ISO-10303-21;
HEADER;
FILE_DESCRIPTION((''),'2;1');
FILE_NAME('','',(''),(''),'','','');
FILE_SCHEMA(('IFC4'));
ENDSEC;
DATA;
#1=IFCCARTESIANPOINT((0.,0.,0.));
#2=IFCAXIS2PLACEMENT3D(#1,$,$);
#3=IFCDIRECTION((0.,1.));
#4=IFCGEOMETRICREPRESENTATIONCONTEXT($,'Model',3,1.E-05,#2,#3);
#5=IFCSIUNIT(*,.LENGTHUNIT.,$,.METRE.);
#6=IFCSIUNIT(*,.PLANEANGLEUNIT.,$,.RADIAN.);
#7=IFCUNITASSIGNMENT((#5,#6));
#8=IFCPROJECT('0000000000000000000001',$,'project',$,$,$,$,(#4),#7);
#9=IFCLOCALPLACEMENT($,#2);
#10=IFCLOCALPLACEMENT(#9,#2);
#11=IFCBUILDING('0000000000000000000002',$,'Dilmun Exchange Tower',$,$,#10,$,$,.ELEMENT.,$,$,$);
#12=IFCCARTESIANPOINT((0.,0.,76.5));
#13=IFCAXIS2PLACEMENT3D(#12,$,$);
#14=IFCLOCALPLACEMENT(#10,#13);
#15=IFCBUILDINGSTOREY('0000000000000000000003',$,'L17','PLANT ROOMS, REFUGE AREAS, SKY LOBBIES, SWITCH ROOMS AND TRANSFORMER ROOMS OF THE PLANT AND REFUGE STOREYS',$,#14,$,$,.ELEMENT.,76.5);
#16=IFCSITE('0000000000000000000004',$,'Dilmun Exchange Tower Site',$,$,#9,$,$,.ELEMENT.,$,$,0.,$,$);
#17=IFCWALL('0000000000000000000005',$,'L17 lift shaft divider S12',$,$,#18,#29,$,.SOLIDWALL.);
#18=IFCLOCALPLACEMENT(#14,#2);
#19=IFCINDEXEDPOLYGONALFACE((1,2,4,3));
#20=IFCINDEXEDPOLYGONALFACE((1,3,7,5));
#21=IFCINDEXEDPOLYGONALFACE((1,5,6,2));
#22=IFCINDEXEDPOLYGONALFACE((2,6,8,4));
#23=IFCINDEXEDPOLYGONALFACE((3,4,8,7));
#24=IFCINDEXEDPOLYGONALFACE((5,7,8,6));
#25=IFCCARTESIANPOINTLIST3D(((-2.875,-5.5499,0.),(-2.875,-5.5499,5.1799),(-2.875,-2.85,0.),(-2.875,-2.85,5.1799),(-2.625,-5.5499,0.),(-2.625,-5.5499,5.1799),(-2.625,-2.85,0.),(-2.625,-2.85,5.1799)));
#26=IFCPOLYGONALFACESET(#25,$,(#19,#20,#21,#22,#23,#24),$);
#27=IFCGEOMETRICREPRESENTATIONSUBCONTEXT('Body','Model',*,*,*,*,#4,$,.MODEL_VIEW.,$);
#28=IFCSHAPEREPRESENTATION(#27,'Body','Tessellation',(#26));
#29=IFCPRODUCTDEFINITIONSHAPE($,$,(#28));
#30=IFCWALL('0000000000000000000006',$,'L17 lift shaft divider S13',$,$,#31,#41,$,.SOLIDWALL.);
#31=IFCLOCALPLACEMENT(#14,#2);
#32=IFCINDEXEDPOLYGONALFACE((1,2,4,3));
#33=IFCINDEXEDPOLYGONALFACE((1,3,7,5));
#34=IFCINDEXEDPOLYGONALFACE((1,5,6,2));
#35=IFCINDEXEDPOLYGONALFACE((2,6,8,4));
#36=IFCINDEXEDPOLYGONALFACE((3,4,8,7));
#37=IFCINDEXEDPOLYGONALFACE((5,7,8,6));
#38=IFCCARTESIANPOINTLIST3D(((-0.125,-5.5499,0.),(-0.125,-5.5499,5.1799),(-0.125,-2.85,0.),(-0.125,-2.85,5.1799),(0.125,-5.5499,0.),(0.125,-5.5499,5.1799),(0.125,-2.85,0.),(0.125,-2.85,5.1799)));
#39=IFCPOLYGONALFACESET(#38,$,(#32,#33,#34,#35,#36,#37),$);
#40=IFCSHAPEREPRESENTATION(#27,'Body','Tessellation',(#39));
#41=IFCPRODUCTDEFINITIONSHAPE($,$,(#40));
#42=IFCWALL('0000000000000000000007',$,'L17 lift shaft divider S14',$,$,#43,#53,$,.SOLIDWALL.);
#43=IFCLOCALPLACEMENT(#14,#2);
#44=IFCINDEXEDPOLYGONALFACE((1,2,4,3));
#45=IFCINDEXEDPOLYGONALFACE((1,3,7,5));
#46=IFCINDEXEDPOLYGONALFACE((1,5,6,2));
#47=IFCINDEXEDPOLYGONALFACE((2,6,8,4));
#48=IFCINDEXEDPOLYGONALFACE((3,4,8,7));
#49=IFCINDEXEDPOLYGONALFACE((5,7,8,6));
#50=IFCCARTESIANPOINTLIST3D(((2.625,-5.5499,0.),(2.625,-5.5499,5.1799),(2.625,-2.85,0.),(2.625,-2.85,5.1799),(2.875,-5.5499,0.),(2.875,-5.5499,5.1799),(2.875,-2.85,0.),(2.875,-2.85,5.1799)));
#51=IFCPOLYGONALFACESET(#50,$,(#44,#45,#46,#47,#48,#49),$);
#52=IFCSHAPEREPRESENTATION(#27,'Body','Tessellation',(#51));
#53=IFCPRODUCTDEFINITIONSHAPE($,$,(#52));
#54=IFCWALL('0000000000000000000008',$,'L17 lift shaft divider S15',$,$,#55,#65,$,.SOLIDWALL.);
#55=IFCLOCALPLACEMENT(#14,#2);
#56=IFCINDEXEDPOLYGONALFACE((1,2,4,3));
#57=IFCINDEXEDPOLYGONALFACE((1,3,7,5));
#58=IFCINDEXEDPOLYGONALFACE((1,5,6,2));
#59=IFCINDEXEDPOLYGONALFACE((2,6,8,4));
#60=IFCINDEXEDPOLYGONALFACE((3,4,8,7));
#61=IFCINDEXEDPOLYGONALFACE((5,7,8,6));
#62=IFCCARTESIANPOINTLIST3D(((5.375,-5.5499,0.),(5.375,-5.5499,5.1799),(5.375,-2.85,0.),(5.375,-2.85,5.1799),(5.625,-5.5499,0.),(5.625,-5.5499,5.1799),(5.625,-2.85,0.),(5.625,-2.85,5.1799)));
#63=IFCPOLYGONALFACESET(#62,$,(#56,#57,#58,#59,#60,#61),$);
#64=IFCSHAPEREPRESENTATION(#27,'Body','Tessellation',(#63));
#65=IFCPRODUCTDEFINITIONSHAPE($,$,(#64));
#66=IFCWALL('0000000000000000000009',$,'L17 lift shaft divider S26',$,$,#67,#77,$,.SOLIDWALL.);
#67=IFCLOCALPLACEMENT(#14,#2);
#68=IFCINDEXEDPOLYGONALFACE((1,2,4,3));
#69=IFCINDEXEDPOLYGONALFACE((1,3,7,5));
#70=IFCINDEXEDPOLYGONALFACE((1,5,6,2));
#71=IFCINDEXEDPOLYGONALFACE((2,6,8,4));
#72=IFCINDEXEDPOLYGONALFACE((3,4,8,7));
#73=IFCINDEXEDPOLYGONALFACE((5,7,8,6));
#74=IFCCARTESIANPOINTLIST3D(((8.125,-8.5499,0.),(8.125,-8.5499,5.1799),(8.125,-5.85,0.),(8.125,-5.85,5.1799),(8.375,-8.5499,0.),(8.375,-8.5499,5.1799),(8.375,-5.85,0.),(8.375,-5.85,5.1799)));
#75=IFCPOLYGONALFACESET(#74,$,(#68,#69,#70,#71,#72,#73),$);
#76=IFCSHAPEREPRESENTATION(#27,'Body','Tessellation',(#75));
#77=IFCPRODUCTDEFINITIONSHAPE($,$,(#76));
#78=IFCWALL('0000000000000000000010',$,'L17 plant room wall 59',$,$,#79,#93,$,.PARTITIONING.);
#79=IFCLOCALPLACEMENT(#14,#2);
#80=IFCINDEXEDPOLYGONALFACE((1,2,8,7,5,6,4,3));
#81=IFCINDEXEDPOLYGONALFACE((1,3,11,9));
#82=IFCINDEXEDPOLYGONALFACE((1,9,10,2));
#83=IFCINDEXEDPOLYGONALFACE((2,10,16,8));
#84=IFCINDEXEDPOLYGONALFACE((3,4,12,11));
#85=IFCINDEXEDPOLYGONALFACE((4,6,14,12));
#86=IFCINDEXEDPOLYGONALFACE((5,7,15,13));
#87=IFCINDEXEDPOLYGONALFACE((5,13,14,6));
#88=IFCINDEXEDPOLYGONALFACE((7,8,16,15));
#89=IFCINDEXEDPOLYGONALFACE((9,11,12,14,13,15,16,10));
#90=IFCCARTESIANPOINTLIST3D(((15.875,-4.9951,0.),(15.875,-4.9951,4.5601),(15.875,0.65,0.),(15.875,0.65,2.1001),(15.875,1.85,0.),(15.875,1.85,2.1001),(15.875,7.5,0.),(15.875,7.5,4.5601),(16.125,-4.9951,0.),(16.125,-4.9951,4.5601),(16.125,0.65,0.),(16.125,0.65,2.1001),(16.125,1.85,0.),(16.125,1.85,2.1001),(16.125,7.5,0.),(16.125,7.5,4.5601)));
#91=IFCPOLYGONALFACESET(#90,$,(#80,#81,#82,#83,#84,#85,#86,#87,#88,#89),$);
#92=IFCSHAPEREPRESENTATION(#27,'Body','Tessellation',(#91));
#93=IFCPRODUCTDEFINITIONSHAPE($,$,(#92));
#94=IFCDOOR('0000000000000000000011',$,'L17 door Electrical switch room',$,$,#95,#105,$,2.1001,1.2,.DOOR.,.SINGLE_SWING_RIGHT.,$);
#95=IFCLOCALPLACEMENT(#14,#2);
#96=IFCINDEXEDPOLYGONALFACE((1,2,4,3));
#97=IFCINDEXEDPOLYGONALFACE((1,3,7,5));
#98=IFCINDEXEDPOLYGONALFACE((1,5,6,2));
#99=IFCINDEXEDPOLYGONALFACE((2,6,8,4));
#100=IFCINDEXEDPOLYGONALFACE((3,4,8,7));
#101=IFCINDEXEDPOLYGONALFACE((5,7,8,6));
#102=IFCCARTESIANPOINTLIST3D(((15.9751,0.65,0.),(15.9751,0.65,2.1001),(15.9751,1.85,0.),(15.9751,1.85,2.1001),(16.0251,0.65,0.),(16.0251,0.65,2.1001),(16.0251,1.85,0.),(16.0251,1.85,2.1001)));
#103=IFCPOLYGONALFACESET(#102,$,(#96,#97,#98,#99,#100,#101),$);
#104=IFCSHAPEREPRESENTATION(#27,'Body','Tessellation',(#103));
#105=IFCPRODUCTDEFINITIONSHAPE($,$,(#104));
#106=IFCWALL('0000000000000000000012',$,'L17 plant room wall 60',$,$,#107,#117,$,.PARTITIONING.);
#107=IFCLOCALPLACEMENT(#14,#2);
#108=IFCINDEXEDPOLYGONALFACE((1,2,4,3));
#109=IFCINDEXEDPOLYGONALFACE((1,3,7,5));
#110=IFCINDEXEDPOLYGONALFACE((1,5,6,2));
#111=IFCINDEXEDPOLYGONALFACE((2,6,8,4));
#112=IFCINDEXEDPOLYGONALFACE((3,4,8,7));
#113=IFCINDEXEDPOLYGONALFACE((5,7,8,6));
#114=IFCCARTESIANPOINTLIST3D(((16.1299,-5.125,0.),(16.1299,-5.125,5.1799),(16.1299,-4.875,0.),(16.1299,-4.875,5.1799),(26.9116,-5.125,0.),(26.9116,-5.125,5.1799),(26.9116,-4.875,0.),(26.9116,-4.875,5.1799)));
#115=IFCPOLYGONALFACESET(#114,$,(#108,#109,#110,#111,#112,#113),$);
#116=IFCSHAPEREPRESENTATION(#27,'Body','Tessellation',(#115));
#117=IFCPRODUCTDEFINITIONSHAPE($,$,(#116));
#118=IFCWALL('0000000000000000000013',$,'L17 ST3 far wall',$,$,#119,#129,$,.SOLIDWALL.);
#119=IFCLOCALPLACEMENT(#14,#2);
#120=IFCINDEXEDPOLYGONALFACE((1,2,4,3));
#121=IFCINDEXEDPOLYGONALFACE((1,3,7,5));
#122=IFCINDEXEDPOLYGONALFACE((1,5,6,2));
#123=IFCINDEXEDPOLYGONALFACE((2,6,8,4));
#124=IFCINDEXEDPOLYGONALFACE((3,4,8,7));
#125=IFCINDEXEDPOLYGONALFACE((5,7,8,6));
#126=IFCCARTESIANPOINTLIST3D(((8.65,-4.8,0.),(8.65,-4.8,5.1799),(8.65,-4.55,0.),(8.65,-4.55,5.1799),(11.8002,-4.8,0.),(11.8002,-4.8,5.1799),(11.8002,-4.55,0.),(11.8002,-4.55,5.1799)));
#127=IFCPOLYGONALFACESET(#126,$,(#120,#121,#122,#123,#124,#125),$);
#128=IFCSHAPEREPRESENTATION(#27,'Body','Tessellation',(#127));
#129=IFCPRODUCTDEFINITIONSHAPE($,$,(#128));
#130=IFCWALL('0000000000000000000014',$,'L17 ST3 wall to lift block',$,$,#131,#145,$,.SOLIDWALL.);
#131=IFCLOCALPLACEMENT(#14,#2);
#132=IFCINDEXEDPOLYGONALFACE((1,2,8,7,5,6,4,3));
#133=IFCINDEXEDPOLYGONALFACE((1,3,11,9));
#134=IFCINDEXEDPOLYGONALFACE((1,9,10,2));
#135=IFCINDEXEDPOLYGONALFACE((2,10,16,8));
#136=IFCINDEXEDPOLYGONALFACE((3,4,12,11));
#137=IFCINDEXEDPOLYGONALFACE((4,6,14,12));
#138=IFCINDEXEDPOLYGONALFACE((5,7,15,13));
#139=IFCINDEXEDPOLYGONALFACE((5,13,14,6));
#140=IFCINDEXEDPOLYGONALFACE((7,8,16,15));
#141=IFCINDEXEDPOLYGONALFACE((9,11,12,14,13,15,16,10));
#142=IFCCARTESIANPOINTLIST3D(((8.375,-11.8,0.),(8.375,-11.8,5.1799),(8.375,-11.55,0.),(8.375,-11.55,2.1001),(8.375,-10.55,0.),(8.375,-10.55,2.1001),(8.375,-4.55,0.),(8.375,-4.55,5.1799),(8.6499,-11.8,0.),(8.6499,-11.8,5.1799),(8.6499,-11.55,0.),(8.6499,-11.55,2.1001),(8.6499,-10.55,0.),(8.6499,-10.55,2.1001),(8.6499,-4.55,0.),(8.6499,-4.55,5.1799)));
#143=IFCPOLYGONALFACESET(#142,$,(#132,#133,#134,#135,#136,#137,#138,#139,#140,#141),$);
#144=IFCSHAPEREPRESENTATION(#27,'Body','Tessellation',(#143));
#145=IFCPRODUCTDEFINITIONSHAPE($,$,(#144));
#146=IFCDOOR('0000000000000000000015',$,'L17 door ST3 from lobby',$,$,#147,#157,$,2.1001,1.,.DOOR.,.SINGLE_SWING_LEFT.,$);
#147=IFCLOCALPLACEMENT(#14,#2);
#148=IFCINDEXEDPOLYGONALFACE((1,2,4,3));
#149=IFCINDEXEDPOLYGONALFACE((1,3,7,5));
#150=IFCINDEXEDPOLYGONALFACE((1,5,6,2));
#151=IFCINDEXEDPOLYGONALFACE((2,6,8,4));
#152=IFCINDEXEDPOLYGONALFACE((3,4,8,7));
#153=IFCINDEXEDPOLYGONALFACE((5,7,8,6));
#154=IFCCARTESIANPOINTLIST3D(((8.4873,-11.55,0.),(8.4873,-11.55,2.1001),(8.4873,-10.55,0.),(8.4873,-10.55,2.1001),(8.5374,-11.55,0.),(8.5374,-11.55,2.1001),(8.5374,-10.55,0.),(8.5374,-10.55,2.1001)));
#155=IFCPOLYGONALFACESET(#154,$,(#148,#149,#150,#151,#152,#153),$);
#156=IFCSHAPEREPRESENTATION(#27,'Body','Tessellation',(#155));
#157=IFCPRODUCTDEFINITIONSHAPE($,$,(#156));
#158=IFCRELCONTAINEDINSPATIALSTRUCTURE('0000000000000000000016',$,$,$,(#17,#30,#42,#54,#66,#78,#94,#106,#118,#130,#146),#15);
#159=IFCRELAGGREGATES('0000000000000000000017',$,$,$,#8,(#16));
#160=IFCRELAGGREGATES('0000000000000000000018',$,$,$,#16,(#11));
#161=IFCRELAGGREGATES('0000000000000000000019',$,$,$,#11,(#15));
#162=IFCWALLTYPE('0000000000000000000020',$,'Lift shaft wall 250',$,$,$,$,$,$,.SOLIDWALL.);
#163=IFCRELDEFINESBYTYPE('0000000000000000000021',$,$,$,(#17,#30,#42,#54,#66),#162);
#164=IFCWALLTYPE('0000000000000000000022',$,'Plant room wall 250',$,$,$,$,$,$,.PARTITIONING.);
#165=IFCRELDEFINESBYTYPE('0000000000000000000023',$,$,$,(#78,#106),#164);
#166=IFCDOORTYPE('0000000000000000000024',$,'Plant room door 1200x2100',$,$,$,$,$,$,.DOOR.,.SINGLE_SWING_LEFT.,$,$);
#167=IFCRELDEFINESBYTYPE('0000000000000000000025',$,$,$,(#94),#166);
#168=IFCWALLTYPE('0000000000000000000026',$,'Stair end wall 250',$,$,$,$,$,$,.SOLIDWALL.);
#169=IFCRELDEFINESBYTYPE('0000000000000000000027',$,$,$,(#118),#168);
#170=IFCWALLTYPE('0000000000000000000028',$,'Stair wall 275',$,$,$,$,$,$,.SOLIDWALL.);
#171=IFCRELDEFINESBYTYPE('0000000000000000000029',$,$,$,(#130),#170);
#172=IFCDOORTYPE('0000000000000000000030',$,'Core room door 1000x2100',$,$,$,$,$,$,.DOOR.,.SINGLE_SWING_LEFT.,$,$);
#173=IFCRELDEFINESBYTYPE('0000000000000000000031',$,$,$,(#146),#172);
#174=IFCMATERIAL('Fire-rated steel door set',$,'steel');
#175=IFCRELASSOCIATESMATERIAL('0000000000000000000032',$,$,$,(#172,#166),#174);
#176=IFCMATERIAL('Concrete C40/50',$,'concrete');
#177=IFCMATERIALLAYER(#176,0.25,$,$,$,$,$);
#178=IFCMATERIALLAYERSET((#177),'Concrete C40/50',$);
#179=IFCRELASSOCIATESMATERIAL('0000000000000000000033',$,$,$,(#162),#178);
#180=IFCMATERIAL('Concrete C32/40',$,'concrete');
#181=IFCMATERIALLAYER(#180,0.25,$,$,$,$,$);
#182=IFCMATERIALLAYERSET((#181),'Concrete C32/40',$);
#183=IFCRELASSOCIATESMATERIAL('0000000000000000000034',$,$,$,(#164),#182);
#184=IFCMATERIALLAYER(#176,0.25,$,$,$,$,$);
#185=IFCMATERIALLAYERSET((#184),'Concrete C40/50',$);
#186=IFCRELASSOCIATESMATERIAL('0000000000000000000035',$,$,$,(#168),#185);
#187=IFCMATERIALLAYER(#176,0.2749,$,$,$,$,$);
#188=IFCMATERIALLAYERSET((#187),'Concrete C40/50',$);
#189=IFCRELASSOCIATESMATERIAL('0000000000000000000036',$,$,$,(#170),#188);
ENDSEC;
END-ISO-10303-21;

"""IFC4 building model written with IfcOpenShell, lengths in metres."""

from ifc_helpers import new_model, si_unit, direction, frame, frame_2d, origin, place, context, subcontext, project, spatial, rectangle, extrude, material, layer, layer_set, type_object, element, fill, save


model = new_model("IFC4")

# Units and contexts
model_context = context("Model", 3, precision=1e-05, world=origin(), true_north=direction((0.0, 1.0)))
body_context = subcontext(model_context, "Body", "Model", "MODEL_VIEW")
ifc_project = project(units=[si_unit("LENGTHUNIT", "METRE"), si_unit("PLANEANGLEUNIT", "RADIAN")], contexts=[model_context])

# Site, building, storey
site_placement = place(None, origin())
site = spatial("IfcSite", under=ifc_project, at=site_placement, Name="Dilmun Exchange Tower Site", CompositionType="ELEMENT", RefElevation=0.0)
building_placement = place(site_placement, origin())
building = spatial("IfcBuilding", under=site, at=building_placement, Name="Dilmun Exchange Tower", CompositionType="ELEMENT")
storey_placement = place(building_placement, frame((0.0, 0.0, 76.5)))
storey = spatial("IfcBuildingStorey", under=building, at=storey_placement, Name="L17", Description="PLANT ROOMS, REFUGE AREAS, SKY LOBBIES, SWITCH ROOMS AND TRANSFORMER ROOMS OF THE PLANT AND REFUGE STOREYS", CompositionType="ELEMENT", Elevation=76.5)

# Shared definitions
ifc_material_1 = material(Name="Concrete C40/50", Category="concrete")

# Shared definitions
ifc_material_2 = material(Name="Fire-rated steel door set", Category="steel")
door_type_1 = type_object("IfcDoorType", Name="Core room door 1000x2100", OperationType="SINGLE_SWING_LEFT", PredefinedType="DOOR", material=ifc_material_2)

# Walls
ifc_layer_1 = layer(ifc_material_1, 0.25)
ifc_layer_set_1 = layer_set([ifc_layer_1], Name="Concrete C40/50")
wall_type_1 = type_object("IfcWallType", Name="Lift shaft wall 250", PredefinedType="SOLIDWALL", material=ifc_layer_set_1)
for number, where, z_axis, x_axis, name in (
    (1, (-2.75, -5.55, 0.0), (0.0, 0.0, 1.0), (0.0, 1.0, 0.0), "L17 lift shaft divider S12"),
    (2, (0.0, -5.55, 0.0), (0.0, 0.0, 1.0), (0.0, 1.0, 0.0), "L17 lift shaft divider S13"),
    (3, (2.75, -5.55, 0.0), (0.0, 0.0, 1.0), (0.0, 1.0, 0.0), "L17 lift shaft divider S14"),
    (4, (5.5, -5.55, 0.0), (0.0, 0.0, 1.0), (0.0, 1.0, 0.0), "L17 lift shaft divider S15"),
    (5, (8.25, -8.55, 0.0), (0.0, 0.0, 1.0), (0.0, 1.0, 0.0), "L17 lift shaft divider S26"),
):
    element("IfcWall", number, at=place(storey_placement, frame(where, z_axis=z_axis, x_axis=x_axis)), inside=storey, type_object=wall_type_1, Name=name, PredefinedType="SOLIDWALL", context=body_context, shape_type="SweptSolid", body=[
        extrude(rectangle(XDim=2.7, YDim=0.25, at=frame_2d((1.3501, 0.0))), origin(), (0.0, 0.0, 1.0), 5.1799),
    ])

# Wall, opening, door
ifc_material_3 = material(Name="Concrete C32/40", Category="concrete")
ifc_layer_2 = layer(ifc_material_3, 0.25)
ifc_layer_set_2 = layer_set([ifc_layer_2], Name="Concrete C32/40")
wall_type_2 = type_object("IfcWallType", Name="Plant room wall 250", PredefinedType="PARTITIONING", material=ifc_layer_set_2)
wall_1_placement = place(storey_placement, frame((16.0, -4.9951, 0.0), z_axis=(0.0, 0.0, 1.0), x_axis=(0.0, 1.0, 0.0)))
wall_1 = element("IfcWall", 6, at=wall_1_placement, inside=storey, type_object=wall_type_2, Name="L17 plant room wall 59", PredefinedType="PARTITIONING", context=body_context, shape_type="SweptSolid", body=[
    extrude(rectangle(XDim=12.4951, YDim=0.25, at=frame_2d((6.2476, 0.0))), origin(), (0.0, 0.0, 1.0), 4.5601),
])
opening_1_placement = place(wall_1_placement, frame((5.645, 0.0, 0.0)))
opening_1 = element("IfcOpeningElement", 7, at=opening_1_placement, cuts=wall_1, PredefinedType="OPENING", context=body_context, shape_type="SweptSolid", body=[
    extrude(rectangle(XDim=1.2, YDim=2.1001, at=frame_2d((0.6001, 1.05))), frame((0.0, 0.135, 0.0), z_axis=(0.0, -1.0, 0.0), x_axis=(1.0, 0.0, 0.0)), (0.0, 0.0, 1.0), 0.27),
])
door_type_2 = type_object("IfcDoorType", Name="Plant room door 1200x2100", OperationType="SINGLE_SWING_LEFT", PredefinedType="DOOR", material=ifc_material_2)
door_1_placement = place(opening_1_placement, origin())
door_1 = element("IfcDoor", 8, at=door_1_placement, inside=storey, type_object=door_type_2, Name="L17 door Electrical switch room", OperationType="SINGLE_SWING_RIGHT", OverallHeight=2.1001, OverallWidth=1.2, PredefinedType="DOOR", context=body_context, shape_type="SweptSolid", body=[
    extrude(rectangle(XDim=1.2, YDim=2.1001, at=frame_2d((0.6001, 1.05))), frame((0.0, 0.0249, 0.0), z_axis=(0.0, -1.0, 0.0), x_axis=(1.0, 0.0, 0.0)), (0.0, 0.0, 1.0), 0.05),
])
fill(opening_1, door_1)

# Walls
wall_2_placement = place(storey_placement, frame((16.1299, -5.0, 0.0), z_axis=(0.0, 0.0, 1.0), x_axis=(1.0, 0.0, 0.0)))
element("IfcWall", 9, at=wall_2_placement, inside=storey, type_object=wall_type_2, Name="L17 plant room wall 60", PredefinedType="PARTITIONING", context=body_context, shape_type="SweptSolid", body=[
    extrude(rectangle(XDim=10.7817, YDim=0.25, at=frame_2d((5.3909, 0.0))), origin(), (0.0, 0.0, 1.0), 5.1799),
])
ifc_layer_3 = layer(ifc_material_1, 0.25)
ifc_layer_set_3 = layer_set([ifc_layer_3], Name="Concrete C40/50")
wall_type_3 = type_object("IfcWallType", Name="Stair end wall 250", PredefinedType="SOLIDWALL", material=ifc_layer_set_3)
wall_3_placement = place(storey_placement, frame((8.6499, -4.675, 0.0), z_axis=(0.0, 0.0, 1.0), x_axis=(1.0, 0.0, 0.0)))
element("IfcWall", 10, at=wall_3_placement, inside=storey, type_object=wall_type_3, Name="L17 ST3 far wall", PredefinedType="SOLIDWALL", context=body_context, shape_type="SweptSolid", body=[
    extrude(rectangle(XDim=3.1501, YDim=0.25, at=frame_2d((1.5752, 0.0))), origin(), (0.0, 0.0, 1.0), 5.1799),
])

# Wall, opening, door
ifc_layer_4 = layer(ifc_material_1, 0.2749)
ifc_layer_set_4 = layer_set([ifc_layer_4], Name="Concrete C40/50")
wall_type_4 = type_object("IfcWallType", Name="Stair wall 275", PredefinedType="SOLIDWALL", material=ifc_layer_set_4)
wall_4_placement = place(storey_placement, frame((8.5125, -4.55, 0.0), z_axis=(0.0, 0.0, 1.0), x_axis=(0.0, -1.0, 0.0)))
wall_4 = element("IfcWall", 11, at=wall_4_placement, inside=storey, type_object=wall_type_4, Name="L17 ST3 wall to lift block", PredefinedType="SOLIDWALL", context=body_context, shape_type="SweptSolid", body=[
    extrude(rectangle(XDim=7.25, YDim=0.2749, at=frame_2d((3.625, 0.0))), origin(), (0.0, 0.0, 1.0), 5.1799),
])
opening_2_placement = place(wall_4_placement, frame((6.0, 0.0, 0.0)))
opening_2 = element("IfcOpeningElement", 12, at=opening_2_placement, cuts=wall_4, PredefinedType="OPENING", context=body_context, shape_type="SweptSolid", body=[
    extrude(rectangle(XDim=1.0, YDim=2.1001, at=frame_2d((0.5, 1.05))), frame((0.0, 0.1475, 0.0), z_axis=(0.0, -1.0, 0.0), x_axis=(1.0, 0.0, 0.0)), (0.0, 0.0, 1.0), 0.2949),
])
door_2_placement = place(opening_2_placement, origin())
door_2 = element("IfcDoor", 13, at=door_2_placement, inside=storey, type_object=door_type_1, Name="L17 door ST3 from lobby", OperationType="SINGLE_SWING_LEFT", OverallHeight=2.1001, OverallWidth=1.0, PredefinedType="DOOR", context=body_context, shape_type="SweptSolid", body=[
    extrude(rectangle(XDim=1.0, YDim=2.1001, at=frame_2d((0.5, 1.05))), frame((0.0, 0.0249, 0.0), z_axis=(0.0, -1.0, 0.0), x_axis=(1.0, 0.0, 0.0)), (0.0, 0.0, 1.0), 0.05),
])
fill(opening_2, door_2)

save(model, "model.ifc")
